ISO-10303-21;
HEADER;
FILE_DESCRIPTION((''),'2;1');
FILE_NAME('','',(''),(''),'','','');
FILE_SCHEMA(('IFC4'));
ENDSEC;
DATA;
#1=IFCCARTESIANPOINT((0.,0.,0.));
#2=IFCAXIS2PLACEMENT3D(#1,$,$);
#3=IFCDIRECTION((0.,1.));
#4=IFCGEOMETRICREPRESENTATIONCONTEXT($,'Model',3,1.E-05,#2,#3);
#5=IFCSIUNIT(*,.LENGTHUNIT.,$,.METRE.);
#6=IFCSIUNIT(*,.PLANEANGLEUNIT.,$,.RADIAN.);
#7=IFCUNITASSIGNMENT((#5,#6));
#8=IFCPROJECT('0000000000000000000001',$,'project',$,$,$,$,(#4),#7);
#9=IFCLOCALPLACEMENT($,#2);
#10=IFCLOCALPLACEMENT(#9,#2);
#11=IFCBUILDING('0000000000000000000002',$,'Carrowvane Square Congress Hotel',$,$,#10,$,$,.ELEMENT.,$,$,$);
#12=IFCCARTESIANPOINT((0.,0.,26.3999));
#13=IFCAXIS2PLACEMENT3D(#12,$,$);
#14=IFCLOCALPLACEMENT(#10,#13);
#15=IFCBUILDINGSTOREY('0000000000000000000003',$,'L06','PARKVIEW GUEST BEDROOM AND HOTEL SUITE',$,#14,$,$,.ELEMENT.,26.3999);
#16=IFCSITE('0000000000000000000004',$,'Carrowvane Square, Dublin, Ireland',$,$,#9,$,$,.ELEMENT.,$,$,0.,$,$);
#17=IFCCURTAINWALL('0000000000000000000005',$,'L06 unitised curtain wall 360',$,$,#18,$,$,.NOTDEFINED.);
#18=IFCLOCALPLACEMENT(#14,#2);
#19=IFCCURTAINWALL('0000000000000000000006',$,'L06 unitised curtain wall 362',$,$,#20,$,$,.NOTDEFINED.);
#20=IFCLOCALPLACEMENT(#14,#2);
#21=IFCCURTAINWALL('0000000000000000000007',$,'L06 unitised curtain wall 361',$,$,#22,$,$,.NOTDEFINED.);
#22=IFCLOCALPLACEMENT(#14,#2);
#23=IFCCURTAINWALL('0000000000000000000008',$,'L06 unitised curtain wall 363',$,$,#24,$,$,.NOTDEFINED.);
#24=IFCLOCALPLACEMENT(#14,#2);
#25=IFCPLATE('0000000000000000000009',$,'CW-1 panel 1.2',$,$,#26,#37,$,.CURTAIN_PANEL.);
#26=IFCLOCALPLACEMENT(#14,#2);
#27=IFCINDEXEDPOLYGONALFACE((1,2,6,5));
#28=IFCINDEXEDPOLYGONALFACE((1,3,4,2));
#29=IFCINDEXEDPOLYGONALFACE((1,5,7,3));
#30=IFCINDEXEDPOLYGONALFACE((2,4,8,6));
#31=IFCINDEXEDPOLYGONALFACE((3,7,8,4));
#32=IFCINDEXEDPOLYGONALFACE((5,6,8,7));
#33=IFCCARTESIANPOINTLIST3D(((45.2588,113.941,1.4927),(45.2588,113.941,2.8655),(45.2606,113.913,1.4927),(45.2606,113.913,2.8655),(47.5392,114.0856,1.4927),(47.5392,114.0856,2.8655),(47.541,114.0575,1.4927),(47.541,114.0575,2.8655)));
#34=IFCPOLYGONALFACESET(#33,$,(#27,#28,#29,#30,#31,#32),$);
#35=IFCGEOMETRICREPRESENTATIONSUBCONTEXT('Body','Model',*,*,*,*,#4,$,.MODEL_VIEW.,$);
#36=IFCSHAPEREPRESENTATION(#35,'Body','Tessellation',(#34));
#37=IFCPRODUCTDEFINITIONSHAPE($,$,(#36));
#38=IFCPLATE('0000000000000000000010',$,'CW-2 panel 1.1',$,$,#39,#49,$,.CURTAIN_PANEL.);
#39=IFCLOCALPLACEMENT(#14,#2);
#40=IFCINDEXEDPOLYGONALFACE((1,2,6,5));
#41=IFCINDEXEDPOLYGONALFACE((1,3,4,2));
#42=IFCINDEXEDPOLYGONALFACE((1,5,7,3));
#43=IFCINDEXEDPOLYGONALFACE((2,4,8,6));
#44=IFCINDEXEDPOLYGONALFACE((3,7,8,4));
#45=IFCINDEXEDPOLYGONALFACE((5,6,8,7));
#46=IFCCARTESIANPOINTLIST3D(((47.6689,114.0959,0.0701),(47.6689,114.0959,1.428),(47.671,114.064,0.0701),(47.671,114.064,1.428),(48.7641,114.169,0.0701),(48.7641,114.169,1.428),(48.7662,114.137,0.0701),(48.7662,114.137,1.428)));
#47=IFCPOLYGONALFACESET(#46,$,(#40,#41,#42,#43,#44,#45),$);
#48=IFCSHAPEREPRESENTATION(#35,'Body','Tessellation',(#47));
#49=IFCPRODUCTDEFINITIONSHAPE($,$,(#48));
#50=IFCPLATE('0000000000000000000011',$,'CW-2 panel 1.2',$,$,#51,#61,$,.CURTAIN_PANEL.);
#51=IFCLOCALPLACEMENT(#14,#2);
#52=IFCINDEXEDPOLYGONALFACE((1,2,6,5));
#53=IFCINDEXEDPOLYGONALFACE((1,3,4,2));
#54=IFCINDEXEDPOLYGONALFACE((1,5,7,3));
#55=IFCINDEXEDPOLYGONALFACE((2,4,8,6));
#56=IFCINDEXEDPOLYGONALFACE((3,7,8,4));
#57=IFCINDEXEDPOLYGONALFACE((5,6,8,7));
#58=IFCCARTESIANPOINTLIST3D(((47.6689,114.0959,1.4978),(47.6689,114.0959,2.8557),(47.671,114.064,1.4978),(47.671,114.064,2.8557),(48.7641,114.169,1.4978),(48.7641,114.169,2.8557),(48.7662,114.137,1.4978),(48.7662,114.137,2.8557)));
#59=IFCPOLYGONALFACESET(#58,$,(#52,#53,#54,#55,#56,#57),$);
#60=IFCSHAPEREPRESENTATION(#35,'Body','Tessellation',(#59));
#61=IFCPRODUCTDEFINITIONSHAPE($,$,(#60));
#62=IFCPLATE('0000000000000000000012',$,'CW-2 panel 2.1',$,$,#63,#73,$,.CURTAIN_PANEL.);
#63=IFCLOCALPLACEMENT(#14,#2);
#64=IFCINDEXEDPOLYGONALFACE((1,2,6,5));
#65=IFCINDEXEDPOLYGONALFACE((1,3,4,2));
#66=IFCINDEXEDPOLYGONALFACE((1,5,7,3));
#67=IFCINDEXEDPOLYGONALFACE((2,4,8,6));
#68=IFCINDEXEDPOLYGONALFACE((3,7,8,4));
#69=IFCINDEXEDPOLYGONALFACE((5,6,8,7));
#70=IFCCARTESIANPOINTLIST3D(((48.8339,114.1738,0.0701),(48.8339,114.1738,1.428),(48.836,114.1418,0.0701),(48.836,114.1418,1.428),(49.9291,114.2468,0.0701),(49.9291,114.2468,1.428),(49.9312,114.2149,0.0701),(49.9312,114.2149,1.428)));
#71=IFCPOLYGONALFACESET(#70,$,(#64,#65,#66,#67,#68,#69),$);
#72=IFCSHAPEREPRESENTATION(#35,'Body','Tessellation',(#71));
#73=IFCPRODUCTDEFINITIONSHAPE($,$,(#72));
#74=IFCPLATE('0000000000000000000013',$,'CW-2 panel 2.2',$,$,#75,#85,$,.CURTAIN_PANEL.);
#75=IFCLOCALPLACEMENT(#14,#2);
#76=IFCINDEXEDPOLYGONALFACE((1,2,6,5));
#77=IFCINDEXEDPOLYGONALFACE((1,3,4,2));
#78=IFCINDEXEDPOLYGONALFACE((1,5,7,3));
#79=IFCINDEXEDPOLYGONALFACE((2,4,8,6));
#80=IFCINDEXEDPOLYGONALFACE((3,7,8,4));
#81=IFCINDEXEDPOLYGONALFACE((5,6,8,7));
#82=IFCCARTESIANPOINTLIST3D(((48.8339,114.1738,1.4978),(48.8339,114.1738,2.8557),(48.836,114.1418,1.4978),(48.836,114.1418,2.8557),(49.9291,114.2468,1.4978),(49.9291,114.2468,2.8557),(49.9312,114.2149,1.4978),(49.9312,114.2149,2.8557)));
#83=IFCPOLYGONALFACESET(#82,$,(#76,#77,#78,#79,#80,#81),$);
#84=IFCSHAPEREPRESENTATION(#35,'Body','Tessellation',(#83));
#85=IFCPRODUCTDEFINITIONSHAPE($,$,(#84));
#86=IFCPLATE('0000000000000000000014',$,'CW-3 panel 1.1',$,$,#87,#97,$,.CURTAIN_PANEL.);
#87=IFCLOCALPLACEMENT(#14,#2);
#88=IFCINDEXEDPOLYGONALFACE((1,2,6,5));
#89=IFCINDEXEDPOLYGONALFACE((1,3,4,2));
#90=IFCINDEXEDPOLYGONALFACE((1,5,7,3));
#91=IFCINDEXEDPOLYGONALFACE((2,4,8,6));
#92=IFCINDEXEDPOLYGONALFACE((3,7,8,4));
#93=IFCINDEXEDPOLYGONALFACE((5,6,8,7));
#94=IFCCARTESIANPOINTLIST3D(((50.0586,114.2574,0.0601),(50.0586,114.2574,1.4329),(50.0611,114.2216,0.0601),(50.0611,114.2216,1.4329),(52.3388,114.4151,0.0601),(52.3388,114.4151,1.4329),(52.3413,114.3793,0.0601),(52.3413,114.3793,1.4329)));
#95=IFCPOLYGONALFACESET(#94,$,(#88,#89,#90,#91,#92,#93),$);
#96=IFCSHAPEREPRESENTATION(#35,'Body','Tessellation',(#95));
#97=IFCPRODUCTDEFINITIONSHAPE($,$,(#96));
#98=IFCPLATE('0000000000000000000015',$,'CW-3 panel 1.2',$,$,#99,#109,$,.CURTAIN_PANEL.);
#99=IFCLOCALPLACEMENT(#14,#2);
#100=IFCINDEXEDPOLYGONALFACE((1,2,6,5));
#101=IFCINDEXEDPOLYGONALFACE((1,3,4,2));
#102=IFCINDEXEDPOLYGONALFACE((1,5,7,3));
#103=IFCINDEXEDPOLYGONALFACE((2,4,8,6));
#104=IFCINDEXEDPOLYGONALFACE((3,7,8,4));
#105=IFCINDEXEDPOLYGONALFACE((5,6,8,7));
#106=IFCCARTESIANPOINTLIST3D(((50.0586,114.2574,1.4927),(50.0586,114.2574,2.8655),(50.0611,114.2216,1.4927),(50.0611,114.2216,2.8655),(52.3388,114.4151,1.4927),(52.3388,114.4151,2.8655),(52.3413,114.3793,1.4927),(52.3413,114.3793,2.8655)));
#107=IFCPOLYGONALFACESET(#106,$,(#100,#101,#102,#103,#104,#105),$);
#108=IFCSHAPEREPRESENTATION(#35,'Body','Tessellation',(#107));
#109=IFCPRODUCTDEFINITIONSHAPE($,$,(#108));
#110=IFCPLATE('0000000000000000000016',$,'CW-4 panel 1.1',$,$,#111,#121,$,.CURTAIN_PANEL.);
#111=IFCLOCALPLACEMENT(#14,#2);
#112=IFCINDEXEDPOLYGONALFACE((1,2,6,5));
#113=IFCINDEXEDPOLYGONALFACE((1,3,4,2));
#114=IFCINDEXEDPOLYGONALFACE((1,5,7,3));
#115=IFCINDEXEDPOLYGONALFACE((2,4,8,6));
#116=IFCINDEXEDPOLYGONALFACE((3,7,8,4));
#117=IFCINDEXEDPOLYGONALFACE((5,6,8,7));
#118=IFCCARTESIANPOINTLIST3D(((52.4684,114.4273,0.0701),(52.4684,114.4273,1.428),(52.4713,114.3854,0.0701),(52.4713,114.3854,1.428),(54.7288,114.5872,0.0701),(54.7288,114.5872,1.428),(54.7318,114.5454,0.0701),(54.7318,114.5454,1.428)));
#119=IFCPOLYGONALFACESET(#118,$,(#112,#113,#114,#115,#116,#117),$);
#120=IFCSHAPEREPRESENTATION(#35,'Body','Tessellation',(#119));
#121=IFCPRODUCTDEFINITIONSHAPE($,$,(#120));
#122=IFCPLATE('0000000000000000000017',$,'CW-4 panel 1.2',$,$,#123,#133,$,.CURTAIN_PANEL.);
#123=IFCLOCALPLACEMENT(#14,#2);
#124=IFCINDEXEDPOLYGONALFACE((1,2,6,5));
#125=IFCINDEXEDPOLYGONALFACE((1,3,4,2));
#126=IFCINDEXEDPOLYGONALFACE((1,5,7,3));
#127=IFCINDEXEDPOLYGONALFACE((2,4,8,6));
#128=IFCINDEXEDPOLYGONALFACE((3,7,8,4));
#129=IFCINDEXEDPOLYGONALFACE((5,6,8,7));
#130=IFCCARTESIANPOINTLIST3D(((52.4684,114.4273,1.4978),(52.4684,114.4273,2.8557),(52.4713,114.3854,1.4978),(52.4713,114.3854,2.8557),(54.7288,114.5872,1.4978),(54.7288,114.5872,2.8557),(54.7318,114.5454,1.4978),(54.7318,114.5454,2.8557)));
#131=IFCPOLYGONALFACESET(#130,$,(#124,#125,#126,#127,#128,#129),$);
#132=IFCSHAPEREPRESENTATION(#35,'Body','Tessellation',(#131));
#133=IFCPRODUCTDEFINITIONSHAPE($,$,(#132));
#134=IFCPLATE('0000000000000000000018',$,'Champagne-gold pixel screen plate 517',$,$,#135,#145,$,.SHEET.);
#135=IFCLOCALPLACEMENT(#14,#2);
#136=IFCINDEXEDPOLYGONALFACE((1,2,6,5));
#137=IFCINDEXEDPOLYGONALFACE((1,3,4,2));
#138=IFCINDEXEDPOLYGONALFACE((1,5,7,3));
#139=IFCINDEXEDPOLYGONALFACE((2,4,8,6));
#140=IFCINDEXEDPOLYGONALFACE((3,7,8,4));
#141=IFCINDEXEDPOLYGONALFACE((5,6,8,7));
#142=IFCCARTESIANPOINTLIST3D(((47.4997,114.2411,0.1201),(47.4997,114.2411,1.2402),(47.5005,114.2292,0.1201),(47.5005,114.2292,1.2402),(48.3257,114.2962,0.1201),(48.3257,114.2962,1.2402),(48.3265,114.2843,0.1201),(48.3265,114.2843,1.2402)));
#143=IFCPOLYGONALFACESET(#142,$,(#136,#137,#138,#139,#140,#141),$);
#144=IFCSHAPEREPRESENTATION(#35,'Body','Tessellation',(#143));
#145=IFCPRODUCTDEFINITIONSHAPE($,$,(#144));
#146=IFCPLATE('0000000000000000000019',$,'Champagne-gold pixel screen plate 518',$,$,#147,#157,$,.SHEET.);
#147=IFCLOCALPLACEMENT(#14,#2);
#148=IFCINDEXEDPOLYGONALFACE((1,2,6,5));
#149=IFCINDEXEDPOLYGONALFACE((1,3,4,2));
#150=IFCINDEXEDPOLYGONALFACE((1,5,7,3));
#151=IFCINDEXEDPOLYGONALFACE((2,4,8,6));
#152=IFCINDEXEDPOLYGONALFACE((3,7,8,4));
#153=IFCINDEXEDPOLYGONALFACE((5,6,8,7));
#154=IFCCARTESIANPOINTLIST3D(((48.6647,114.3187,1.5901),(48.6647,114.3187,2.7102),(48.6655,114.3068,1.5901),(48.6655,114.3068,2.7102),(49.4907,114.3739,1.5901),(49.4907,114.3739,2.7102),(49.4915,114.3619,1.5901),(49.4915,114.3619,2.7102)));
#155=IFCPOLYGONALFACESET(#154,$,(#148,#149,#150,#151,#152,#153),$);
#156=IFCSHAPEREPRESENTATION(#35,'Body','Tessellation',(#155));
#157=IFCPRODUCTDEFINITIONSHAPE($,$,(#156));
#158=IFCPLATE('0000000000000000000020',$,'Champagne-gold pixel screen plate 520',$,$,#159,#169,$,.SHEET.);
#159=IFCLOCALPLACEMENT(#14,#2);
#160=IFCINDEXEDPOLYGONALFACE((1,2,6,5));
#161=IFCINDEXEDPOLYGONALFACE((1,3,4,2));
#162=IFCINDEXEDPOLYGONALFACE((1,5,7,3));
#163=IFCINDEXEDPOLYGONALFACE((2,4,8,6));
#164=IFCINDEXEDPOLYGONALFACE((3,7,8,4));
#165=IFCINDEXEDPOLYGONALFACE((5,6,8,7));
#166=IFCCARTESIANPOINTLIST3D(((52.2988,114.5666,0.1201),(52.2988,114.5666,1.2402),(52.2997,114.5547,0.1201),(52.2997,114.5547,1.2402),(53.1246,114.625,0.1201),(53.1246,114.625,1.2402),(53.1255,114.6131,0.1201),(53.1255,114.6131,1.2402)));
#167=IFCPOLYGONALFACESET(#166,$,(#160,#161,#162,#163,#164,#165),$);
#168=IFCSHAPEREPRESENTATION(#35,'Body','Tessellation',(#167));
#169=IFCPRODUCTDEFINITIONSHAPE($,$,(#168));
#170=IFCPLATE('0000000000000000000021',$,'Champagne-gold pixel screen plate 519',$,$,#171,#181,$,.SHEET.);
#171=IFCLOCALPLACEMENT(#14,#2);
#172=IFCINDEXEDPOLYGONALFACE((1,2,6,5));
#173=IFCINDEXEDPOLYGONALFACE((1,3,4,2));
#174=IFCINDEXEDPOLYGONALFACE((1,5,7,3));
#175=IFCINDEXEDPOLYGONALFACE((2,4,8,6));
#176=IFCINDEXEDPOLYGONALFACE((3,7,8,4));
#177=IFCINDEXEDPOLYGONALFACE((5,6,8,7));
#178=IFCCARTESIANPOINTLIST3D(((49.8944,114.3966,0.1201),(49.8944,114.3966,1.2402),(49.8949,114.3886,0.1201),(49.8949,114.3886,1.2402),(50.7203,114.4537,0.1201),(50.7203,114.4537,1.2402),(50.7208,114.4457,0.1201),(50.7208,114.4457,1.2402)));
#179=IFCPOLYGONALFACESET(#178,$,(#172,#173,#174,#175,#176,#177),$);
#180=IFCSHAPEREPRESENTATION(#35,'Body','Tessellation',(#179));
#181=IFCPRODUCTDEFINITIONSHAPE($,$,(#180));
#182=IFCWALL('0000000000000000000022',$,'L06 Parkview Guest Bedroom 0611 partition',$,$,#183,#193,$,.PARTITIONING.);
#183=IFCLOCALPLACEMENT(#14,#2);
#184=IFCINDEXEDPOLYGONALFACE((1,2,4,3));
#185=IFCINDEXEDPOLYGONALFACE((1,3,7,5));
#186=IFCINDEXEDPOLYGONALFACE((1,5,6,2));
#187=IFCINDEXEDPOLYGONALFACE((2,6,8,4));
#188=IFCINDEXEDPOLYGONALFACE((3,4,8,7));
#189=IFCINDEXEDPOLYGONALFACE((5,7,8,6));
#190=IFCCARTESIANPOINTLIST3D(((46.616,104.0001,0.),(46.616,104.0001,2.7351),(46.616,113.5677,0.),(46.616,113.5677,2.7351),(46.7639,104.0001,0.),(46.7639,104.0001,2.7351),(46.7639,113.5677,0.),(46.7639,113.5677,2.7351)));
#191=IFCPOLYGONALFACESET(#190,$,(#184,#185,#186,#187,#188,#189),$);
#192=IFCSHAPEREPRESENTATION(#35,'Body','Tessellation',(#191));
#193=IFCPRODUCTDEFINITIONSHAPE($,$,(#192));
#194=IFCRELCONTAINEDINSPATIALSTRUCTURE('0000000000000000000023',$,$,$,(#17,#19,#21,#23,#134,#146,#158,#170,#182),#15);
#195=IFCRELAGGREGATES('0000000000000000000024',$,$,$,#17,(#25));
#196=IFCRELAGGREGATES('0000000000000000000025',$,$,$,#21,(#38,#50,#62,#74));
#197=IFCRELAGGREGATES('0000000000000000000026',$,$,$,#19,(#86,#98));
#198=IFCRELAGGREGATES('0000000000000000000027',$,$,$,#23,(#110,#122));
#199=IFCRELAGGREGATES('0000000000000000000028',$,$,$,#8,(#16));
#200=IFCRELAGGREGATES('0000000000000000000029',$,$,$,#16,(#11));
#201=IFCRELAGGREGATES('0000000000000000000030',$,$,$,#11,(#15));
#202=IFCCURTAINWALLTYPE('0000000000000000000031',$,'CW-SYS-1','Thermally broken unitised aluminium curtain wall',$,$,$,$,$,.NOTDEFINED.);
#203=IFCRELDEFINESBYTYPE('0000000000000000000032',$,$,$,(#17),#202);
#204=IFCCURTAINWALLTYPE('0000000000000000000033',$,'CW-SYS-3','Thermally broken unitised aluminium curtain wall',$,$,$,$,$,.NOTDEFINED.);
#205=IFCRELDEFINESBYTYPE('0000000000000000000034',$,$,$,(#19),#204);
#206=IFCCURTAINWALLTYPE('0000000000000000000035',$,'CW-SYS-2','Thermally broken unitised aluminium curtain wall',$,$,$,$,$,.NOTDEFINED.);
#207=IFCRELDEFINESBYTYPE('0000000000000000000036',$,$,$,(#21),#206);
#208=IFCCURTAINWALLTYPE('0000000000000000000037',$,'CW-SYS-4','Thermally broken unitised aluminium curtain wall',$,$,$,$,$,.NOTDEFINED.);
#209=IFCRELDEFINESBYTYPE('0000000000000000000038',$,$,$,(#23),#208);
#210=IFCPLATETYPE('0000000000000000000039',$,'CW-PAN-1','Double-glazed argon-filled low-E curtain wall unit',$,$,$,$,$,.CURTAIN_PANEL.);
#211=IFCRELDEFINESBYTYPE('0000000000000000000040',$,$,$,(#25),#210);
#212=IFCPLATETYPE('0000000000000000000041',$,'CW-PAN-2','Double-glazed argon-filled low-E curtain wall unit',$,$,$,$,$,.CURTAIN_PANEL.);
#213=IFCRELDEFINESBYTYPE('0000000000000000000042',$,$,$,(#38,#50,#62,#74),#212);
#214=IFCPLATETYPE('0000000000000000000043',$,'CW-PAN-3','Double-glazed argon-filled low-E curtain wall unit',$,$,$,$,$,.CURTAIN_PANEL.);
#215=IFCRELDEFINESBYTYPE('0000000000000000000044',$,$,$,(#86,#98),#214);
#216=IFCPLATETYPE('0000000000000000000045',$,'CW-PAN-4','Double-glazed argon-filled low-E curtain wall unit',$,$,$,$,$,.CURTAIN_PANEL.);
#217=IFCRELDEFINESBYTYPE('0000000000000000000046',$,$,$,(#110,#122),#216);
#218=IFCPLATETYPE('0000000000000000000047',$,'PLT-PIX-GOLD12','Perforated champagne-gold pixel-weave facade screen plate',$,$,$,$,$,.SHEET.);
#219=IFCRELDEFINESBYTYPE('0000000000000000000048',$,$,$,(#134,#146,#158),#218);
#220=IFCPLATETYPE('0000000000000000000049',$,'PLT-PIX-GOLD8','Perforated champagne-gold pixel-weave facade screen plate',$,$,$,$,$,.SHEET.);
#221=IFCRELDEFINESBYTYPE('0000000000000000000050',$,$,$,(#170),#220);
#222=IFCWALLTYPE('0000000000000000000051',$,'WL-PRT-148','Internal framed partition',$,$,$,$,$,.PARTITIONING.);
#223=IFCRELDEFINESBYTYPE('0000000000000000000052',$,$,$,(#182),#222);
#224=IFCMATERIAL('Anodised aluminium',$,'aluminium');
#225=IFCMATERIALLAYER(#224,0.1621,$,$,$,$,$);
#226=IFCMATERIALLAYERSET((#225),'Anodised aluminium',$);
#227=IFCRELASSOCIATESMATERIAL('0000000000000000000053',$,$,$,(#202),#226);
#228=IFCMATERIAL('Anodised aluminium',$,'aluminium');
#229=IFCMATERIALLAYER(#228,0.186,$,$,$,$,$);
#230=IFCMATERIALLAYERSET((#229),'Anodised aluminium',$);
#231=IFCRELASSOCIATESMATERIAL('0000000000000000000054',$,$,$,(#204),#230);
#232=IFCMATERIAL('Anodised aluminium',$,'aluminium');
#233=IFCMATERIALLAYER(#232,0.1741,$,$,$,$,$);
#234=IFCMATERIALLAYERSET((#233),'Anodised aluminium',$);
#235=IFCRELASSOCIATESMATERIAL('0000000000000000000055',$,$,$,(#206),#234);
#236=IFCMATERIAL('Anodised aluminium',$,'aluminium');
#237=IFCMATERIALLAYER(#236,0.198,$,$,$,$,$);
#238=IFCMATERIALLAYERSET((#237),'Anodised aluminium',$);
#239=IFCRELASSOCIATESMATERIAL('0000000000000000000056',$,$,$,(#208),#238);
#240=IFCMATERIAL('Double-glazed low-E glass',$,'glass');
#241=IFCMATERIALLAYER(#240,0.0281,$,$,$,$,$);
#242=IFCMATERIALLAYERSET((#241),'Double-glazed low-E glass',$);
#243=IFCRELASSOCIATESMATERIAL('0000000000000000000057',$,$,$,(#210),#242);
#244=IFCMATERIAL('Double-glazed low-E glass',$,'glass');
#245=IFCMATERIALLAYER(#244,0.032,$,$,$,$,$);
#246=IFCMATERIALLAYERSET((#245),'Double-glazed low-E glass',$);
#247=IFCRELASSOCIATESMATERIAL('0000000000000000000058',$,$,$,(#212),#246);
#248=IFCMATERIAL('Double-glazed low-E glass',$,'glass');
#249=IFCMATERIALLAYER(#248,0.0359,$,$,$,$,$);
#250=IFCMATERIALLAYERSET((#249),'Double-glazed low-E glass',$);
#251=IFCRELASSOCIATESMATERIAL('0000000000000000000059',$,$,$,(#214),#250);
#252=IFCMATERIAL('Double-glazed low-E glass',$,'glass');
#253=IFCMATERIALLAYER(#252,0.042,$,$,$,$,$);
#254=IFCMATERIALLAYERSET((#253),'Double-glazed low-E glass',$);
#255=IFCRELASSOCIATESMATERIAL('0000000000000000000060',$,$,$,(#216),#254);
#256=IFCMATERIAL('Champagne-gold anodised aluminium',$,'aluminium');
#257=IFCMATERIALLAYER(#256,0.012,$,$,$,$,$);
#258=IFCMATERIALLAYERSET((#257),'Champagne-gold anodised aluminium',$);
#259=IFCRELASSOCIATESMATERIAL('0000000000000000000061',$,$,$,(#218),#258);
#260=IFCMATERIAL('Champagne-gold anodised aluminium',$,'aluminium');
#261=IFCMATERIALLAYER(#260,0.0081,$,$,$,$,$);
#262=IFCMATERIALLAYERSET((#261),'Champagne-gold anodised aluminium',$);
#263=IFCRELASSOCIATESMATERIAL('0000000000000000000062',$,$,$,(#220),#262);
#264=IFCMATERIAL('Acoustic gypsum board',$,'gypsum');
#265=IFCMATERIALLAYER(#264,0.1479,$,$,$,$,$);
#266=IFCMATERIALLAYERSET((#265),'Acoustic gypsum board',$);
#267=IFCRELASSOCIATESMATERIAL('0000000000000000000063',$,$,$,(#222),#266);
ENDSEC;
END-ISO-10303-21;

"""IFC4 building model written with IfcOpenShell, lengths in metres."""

from ifc_helpers import new_model, si_unit, direction, frame, frame_2d, origin, origin_2d, place, context, subcontext, project, spatial, rectangle, extrude, material, layer, layer_set, type_object, element, aggregate, save


model = new_model("IFC4")

# Units and contexts
model_context = context("Model", 3, precision=1e-05, world=origin(), true_north=direction((0.0, 1.0)))
body_context = subcontext(model_context, "Body", "Model", "MODEL_VIEW")
ifc_project = project(units=[si_unit("LENGTHUNIT", "METRE"), si_unit("PLANEANGLEUNIT", "RADIAN")], contexts=[model_context])

# Site, building, storey
site_placement = place(None, origin())
site = spatial("IfcSite", under=ifc_project, at=site_placement, Name="Carrowvane Square, Dublin, Ireland", CompositionType="ELEMENT", RefElevation=0.0)
building_placement = place(site_placement, origin())
building = spatial("IfcBuilding", under=site, at=building_placement, Name="Carrowvane Square Congress Hotel", CompositionType="ELEMENT")
storey_placement = place(building_placement, frame((0.0, 0.0, 26.3999)))
storey = spatial("IfcBuildingStorey", under=building, at=storey_placement, Name="L06", Description="PARKVIEW GUEST BEDROOM AND HOTEL SUITE", CompositionType="ELEMENT", Elevation=26.3999)

# Curtain wall
ifc_material_1 = material(Name="Anodised aluminium", Category="aluminium")
ifc_layer_1 = layer(ifc_material_1, 0.1621)
ifc_layer_set_1 = layer_set([ifc_layer_1], Name="Anodised aluminium")
curtain_wall_type_1 = type_object("IfcCurtainWallType", Name="CW-SYS-1", Description="Thermally broken unitised aluminium curtain wall", PredefinedType="NOTDEFINED", material=ifc_layer_set_1)
curtain_wall_1_placement = place(storey_placement, origin())
curtain_wall_1 = element("IfcCurtainWall", 1, at=curtain_wall_1_placement, inside=storey, type_object=curtain_wall_type_1, Name="L06 unitised curtain wall 360", PredefinedType="NOTDEFINED")

# Curtain walls
ifc_material_2 = material(Name="Anodised aluminium", Category="aluminium")
ifc_layer_2 = layer(ifc_material_2, 0.186)
ifc_layer_set_2 = layer_set([ifc_layer_2], Name="Anodised aluminium")
curtain_wall_type_2 = type_object("IfcCurtainWallType", Name="CW-SYS-3", Description="Thermally broken unitised aluminium curtain wall", PredefinedType="NOTDEFINED", material=ifc_layer_set_2)
curtain_wall_2_placement = place(storey_placement, origin())
curtain_wall_2 = element("IfcCurtainWall", 2, at=curtain_wall_2_placement, inside=storey, type_object=curtain_wall_type_2, Name="L06 unitised curtain wall 362", PredefinedType="NOTDEFINED")
ifc_material_3 = material(Name="Anodised aluminium", Category="aluminium")
ifc_layer_3 = layer(ifc_material_3, 0.1741)
ifc_layer_set_3 = layer_set([ifc_layer_3], Name="Anodised aluminium")
curtain_wall_type_3 = type_object("IfcCurtainWallType", Name="CW-SYS-2", Description="Thermally broken unitised aluminium curtain wall", PredefinedType="NOTDEFINED", material=ifc_layer_set_3)
curtain_wall_3_placement = place(storey_placement, origin())
curtain_wall_3 = element("IfcCurtainWall", 3, at=curtain_wall_3_placement, inside=storey, type_object=curtain_wall_type_3, Name="L06 unitised curtain wall 361", PredefinedType="NOTDEFINED")
ifc_material_4 = material(Name="Anodised aluminium", Category="aluminium")
ifc_layer_4 = layer(ifc_material_4, 0.198)
ifc_layer_set_4 = layer_set([ifc_layer_4], Name="Anodised aluminium")
curtain_wall_type_4 = type_object("IfcCurtainWallType", Name="CW-SYS-4", Description="Thermally broken unitised aluminium curtain wall", PredefinedType="NOTDEFINED", material=ifc_layer_set_4)
curtain_wall_4_placement = place(storey_placement, origin())
curtain_wall_4 = element("IfcCurtainWall", 4, at=curtain_wall_4_placement, inside=storey, type_object=curtain_wall_type_4, Name="L06 unitised curtain wall 363", PredefinedType="NOTDEFINED")

# Plates
ifc_material_5 = material(Name="Double-glazed low-E glass", Category="glass")
ifc_layer_5 = layer(ifc_material_5, 0.0281)
ifc_layer_set_5 = layer_set([ifc_layer_5], Name="Double-glazed low-E glass")
plate_type_1 = type_object("IfcPlateType", Name="CW-PAN-1", Description="Double-glazed argon-filled low-E curtain wall unit", PredefinedType="CURTAIN_PANEL", material=ifc_layer_set_5)
plate_1_placement = place(storey_placement, frame((46.3999, 113.9993, 1.4927), z_axis=(0.0, 0.0, 1.0), x_axis=(0.997996, 0.063273, 0.0)))
plate_1 = element("IfcPlate", 5, at=plate_1_placement, type_object=plate_type_1, Name="CW-1 panel 1.2", PredefinedType="CURTAIN_PANEL", context=body_context, shape_type="SweptSolid", body=[
    extrude(rectangle(XDim=2.2849, YDim=0.0281, at=origin_2d()), origin(), (0.0, 0.0, 1.0), 1.3728),
])
aggregate(curtain_wall_1, [plate_1])
ifc_material_6 = material(Name="Double-glazed low-E glass", Category="glass")
ifc_layer_6 = layer(ifc_material_6, 0.032)
ifc_layer_set_6 = layer_set([ifc_layer_6], Name="Double-glazed low-E glass")
plate_type_2 = type_object("IfcPlateType", Name="CW-PAN-2", Description="Double-glazed argon-filled low-E curtain wall unit", PredefinedType="CURTAIN_PANEL", material=ifc_layer_set_6)
plate_2_placement = place(storey_placement, frame((48.2175, 114.1165, 0.0701), z_axis=(0.0, 0.0, 1.0), x_axis=(0.997781, 0.066578, 0.0)))
plate_2 = element("IfcPlate", 6, at=plate_2_placement, type_object=plate_type_2, Name="CW-2 panel 1.1", PredefinedType="CURTAIN_PANEL", context=body_context, shape_type="SweptSolid", body=[
    extrude(rectangle(XDim=1.0977, YDim=0.032, at=origin_2d()), origin(), (0.0, 0.0, 1.0), 1.3579),
])
plate_3_placement = place(storey_placement, frame((48.2175, 114.1165, 1.4978), z_axis=(0.0, 0.0, 1.0), x_axis=(0.997781, 0.066578, 0.0)))
plate_3 = element("IfcPlate", 7, at=plate_3_placement, type_object=plate_type_2, Name="CW-2 panel 1.2", PredefinedType="CURTAIN_PANEL", context=body_context, shape_type="SweptSolid", body=[
    extrude(rectangle(XDim=1.0977, YDim=0.032, at=origin_2d()), origin(), (0.0, 0.0, 1.0), 1.3579),
])
plate_4_placement = place(storey_placement, frame((49.3826, 114.1943, 0.0701), z_axis=(0.0, 0.0, 1.0), x_axis=(0.997781, 0.066578, 0.0)))
plate_4 = element("IfcPlate", 8, at=plate_4_placement, type_object=plate_type_2, Name="CW-2 panel 2.1", PredefinedType="CURTAIN_PANEL", context=body_context, shape_type="SweptSolid", body=[
    extrude(rectangle(XDim=1.0977, YDim=0.032, at=origin_2d()), origin(), (0.0, 0.0, 1.0), 1.3579),
])
plate_5_placement = place(storey_placement, frame((49.3826, 114.1943, 1.4978), z_axis=(0.0, 0.0, 1.0), x_axis=(0.997781, 0.066578, 0.0)))
plate_5 = element("IfcPlate", 9, at=plate_5_placement, type_object=plate_type_2, Name="CW-2 panel 2.2", PredefinedType="CURTAIN_PANEL", context=body_context, shape_type="SweptSolid", body=[
    extrude(rectangle(XDim=1.0977, YDim=0.032, at=origin_2d()), origin(), (0.0, 0.0, 1.0), 1.3579),
])
aggregate(curtain_wall_3, [plate_2, plate_3, plate_4, plate_5])
ifc_material_7 = material(Name="Double-glazed low-E glass", Category="glass")
ifc_layer_7 = layer(ifc_material_7, 0.0359)
ifc_layer_set_7 = layer_set([ifc_layer_7], Name="Double-glazed low-E glass")
plate_type_3 = type_object("IfcPlateType", Name="CW-PAN-3", Description="Double-glazed argon-filled low-E curtain wall unit", PredefinedType="CURTAIN_PANEL", material=ifc_layer_set_7)
plate_6_placement = place(storey_placement, frame((51.2, 114.3184, 0.0601), z_axis=(0.0, 0.0, 1.0), x_axis=(0.997618, 0.068986, 0.0)))
plate_6 = element("IfcPlate", 10, at=plate_6_placement, type_object=plate_type_3, Name="CW-3 panel 1.1", PredefinedType="CURTAIN_PANEL", context=body_context, shape_type="SweptSolid", body=[
    extrude(rectangle(XDim=2.2856, YDim=0.0359, at=origin_2d()), origin(), (0.0, 0.0, 1.0), 1.3728),
])
plate_7_placement = place(storey_placement, frame((51.2, 114.3184, 1.4927), z_axis=(0.0, 0.0, 1.0), x_axis=(0.997618, 0.068986, 0.0)))
plate_7 = element("IfcPlate", 11, at=plate_7_placement, type_object=plate_type_3, Name="CW-3 panel 1.2", PredefinedType="CURTAIN_PANEL", context=body_context, shape_type="SweptSolid", body=[
    extrude(rectangle(XDim=2.2856, YDim=0.0359, at=origin_2d()), origin(), (0.0, 0.0, 1.0), 1.3728),
])
aggregate(curtain_wall_2, [plate_6, plate_7])
ifc_material_8 = material(Name="Double-glazed low-E glass", Category="glass")
ifc_layer_8 = layer(ifc_material_8, 0.042)
ifc_layer_set_8 = layer_set([ifc_layer_8], Name="Double-glazed low-E glass")
plate_type_4 = type_object("IfcPlateType", Name="CW-PAN-4", Description="Double-glazed argon-filled low-E curtain wall unit", PredefinedType="CURTAIN_PANEL", material=ifc_layer_set_8)
plate_8_placement = place(storey_placement, frame((53.6001, 114.4863, 0.0701), z_axis=(0.0, 0.0, 1.0), x_axis=(0.997506, 0.070586, 0.0)))
plate_8 = element("IfcPlate", 12, at=plate_8_placement, type_object=plate_type_4, Name="CW-4 panel 1.1", PredefinedType="CURTAIN_PANEL", context=body_context, shape_type="SweptSolid", body=[
    extrude(rectangle(XDim=2.2661, YDim=0.042, at=origin_2d()), origin(), (0.0, 0.0, 1.0), 1.3579),
])
plate_9_placement = place(storey_placement, frame((53.6001, 114.4863, 1.4978), z_axis=(0.0, 0.0, 1.0), x_axis=(0.997506, 0.070586, 0.0)))
plate_9 = element("IfcPlate", 13, at=plate_9_placement, type_object=plate_type_4, Name="CW-4 panel 1.2", PredefinedType="CURTAIN_PANEL", context=body_context, shape_type="SweptSolid", body=[
    extrude(rectangle(XDim=2.2661, YDim=0.042, at=origin_2d()), origin(), (0.0, 0.0, 1.0), 1.3579),
])
aggregate(curtain_wall_4, [plate_8, plate_9])

# Plates
ifc_material_9 = material(Name="Champagne-gold anodised aluminium", Category="aluminium")
ifc_layer_9 = layer(ifc_material_9, 0.012)
ifc_layer_set_9 = layer_set([ifc_layer_9], Name="Champagne-gold anodised aluminium")
plate_type_5 = type_object("IfcPlateType", Name="PLT-PIX-GOLD12", Description="Perforated champagne-gold pixel-weave facade screen plate", PredefinedType="SHEET", material=ifc_layer_set_9)
for number, where, z_axis, x_axis, name in (
    (14, (47.9131, 114.2627, 0.1201), (0.0, 0.0, 1.0), (0.997781, 0.066574, 0.0), "Champagne-gold pixel screen plate 517"),
    (15, (49.0781, 114.3403, 1.5901), (0.0, 0.0, 1.0), (0.997781, 0.066574, 0.0), "Champagne-gold pixel screen plate 518"),
    (16, (52.7122, 114.5898, 0.1201), (0.0, 0.0, 1.0), (0.997506, 0.070585, 0.0), "Champagne-gold pixel screen plate 520"),
):
    element("IfcPlate", number, at=place(storey_placement, frame(where, z_axis=z_axis, x_axis=x_axis)), inside=storey, type_object=plate_type_5, Name=name, PredefinedType="SHEET", context=body_context, shape_type="SweptSolid", body=[
        extrude(rectangle(XDim=0.8279, YDim=0.012, at=origin_2d()), origin(), (0.0, 0.0, 1.0), 1.1201),
    ])
ifc_material_10 = material(Name="Champagne-gold anodised aluminium", Category="aluminium")
ifc_layer_10 = layer(ifc_material_10, 0.0081)
ifc_layer_set_10 = layer_set([ifc_layer_10], Name="Champagne-gold anodised aluminium")
plate_type_6 = type_object("IfcPlateType", Name="PLT-PIX-GOLD8", Description="Perforated champagne-gold pixel-weave facade screen plate", PredefinedType="SHEET", material=ifc_layer_set_10)
plate_10_placement = place(storey_placement, frame((50.3076, 114.4211, 0.1201), z_axis=(0.0, 0.0, 1.0), x_axis=(0.997618, 0.068987, 0.0)))
element("IfcPlate", 17, at=plate_10_placement, inside=storey, type_object=plate_type_6, Name="Champagne-gold pixel screen plate 519", PredefinedType="SHEET", context=body_context, shape_type="SweptSolid", body=[
    extrude(rectangle(XDim=0.8279, YDim=0.0081, at=origin_2d()), origin(), (0.0, 0.0, 1.0), 1.1201),
])

# Wall
ifc_material_11 = material(Name="Acoustic gypsum board", Category="gypsum")
ifc_layer_11 = layer(ifc_material_11, 0.1479)
ifc_layer_set_11 = layer_set([ifc_layer_11], Name="Acoustic gypsum board")
wall_type = type_object("IfcWallType", Name="WL-PRT-148", Description="Internal framed partition", PredefinedType="PARTITIONING", material=ifc_layer_set_11)
wall_placement = place(storey_placement, frame((46.6899, 113.5676, 0.0), z_axis=(0.0, 0.0, 1.0), x_axis=(0.0, -1.0, 0.0)))
element("IfcWall", 18, at=wall_placement, inside=storey, type_object=wall_type, Name="L06 Parkview Guest Bedroom 0611 partition", PredefinedType="PARTITIONING", context=body_context, shape_type="SweptSolid", body=[
    extrude(rectangle(XDim=9.5676, YDim=0.1479, at=frame_2d((4.7837, 0.0))), origin(), (0.0, 0.0, 1.0), 2.7351),
])

save(model, "model.ifc")
